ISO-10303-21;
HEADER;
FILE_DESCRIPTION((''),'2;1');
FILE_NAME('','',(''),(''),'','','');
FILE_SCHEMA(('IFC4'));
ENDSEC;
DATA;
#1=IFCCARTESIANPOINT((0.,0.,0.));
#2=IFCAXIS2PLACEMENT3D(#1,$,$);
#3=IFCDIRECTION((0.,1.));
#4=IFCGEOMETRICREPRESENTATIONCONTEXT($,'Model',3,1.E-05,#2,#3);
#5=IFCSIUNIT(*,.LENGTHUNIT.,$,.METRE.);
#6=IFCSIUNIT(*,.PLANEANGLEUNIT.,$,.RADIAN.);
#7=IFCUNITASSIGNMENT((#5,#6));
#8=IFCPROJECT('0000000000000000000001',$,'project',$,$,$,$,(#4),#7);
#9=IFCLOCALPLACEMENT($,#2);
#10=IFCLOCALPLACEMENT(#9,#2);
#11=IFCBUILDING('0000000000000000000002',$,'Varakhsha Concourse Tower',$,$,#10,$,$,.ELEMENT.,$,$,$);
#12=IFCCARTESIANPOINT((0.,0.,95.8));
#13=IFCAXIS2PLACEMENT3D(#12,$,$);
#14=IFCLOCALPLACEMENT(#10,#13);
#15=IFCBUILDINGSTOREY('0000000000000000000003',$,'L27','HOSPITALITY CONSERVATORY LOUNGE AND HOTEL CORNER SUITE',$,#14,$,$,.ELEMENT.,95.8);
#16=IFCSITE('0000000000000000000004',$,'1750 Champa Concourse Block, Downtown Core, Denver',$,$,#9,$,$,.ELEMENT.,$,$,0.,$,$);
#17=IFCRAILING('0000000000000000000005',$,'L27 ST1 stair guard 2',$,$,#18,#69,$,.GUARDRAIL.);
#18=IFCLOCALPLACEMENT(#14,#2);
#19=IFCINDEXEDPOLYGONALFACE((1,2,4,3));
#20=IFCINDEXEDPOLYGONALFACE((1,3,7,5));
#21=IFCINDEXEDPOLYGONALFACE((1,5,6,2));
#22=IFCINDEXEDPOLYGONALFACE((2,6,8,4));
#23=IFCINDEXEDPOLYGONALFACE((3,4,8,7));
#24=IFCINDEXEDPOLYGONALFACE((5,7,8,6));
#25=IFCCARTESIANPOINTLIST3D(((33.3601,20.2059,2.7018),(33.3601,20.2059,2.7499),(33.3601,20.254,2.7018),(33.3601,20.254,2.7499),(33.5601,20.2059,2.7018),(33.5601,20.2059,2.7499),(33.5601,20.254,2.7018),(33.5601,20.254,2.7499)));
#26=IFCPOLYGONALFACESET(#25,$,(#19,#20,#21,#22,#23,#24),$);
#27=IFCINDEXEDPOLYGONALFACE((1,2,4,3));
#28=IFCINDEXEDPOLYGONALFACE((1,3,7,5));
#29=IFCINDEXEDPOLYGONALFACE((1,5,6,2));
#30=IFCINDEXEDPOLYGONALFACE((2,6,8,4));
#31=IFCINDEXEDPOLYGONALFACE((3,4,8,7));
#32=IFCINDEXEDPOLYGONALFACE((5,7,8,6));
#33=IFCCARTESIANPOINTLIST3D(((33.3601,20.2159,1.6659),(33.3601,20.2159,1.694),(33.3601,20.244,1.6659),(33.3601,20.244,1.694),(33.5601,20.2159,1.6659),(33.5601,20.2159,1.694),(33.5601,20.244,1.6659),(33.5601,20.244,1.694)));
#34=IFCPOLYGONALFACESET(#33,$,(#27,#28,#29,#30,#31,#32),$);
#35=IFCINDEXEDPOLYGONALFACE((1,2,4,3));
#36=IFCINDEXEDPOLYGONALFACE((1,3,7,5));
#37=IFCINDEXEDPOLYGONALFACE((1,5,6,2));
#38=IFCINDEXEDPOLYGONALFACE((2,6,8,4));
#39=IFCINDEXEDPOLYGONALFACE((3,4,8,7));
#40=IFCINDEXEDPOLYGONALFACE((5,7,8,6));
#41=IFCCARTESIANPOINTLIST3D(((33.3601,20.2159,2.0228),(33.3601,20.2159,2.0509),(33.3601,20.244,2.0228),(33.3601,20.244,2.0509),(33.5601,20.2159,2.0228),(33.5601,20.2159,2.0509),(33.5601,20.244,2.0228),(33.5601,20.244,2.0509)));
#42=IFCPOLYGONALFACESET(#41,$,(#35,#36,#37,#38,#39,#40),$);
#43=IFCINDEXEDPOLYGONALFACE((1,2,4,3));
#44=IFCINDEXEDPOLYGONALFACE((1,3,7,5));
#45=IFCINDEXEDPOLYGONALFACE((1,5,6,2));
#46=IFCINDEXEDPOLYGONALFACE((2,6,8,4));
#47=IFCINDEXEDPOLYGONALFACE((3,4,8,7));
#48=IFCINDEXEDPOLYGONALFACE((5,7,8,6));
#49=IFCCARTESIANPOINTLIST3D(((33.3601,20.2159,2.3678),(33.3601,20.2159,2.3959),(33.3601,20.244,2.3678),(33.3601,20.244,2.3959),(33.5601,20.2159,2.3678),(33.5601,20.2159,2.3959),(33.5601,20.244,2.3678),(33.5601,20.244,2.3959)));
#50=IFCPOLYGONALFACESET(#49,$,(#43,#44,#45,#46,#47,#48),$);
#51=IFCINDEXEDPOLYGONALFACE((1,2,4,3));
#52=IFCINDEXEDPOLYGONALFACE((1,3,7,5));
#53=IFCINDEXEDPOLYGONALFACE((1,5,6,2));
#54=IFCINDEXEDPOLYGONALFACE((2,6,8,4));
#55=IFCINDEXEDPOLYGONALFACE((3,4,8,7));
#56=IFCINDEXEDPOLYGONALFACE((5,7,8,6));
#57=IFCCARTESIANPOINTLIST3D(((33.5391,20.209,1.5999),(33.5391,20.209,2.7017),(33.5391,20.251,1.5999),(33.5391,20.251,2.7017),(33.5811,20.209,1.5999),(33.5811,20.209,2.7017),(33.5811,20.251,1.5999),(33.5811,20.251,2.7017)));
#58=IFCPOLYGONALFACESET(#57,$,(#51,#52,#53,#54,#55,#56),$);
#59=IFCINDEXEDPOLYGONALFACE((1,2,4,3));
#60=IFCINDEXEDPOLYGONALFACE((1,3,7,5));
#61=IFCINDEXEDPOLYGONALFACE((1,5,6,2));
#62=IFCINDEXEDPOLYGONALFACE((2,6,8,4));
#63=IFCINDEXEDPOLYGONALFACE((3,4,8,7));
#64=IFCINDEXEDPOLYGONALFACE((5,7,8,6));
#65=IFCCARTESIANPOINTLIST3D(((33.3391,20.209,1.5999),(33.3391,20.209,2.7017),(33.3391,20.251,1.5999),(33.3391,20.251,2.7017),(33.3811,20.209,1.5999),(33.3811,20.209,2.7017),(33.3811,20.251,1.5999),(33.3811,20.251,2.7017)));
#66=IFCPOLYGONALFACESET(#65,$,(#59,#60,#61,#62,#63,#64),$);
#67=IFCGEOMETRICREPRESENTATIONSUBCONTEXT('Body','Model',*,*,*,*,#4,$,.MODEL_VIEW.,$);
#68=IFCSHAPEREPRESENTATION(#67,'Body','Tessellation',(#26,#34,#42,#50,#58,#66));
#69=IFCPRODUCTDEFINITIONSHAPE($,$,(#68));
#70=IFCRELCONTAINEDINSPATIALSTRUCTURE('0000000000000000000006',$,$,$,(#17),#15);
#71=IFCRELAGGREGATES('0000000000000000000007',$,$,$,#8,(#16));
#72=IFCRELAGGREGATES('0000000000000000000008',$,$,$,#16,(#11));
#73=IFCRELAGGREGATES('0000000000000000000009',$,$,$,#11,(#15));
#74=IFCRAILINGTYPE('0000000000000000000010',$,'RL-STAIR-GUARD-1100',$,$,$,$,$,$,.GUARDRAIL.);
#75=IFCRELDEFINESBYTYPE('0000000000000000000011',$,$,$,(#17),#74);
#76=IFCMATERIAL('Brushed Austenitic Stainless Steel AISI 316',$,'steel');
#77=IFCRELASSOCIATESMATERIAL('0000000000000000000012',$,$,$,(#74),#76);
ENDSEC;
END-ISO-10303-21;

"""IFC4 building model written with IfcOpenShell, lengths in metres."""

from ifc_helpers import new_model, si_unit, direction, frame, origin, origin_2d, place, context, subcontext, project, spatial, rectangle, extrude, material, type_object, element, save


model = new_model("IFC4")

# Units and contexts
model_context = context("Model", 3, precision=1e-05, world=origin(), true_north=direction((0.0, 1.0)))
body_context = subcontext(model_context, "Body", "Model", "MODEL_VIEW")
ifc_project = project(units=[si_unit("LENGTHUNIT", "METRE"), si_unit("PLANEANGLEUNIT", "RADIAN")], contexts=[model_context])

# Site, building, storey
site_placement = place(None, origin())
site = spatial("IfcSite", under=ifc_project, at=site_placement, Name="1750 Champa Concourse Block, Downtown Core, Denver", CompositionType="ELEMENT", RefElevation=0.0)
building_placement = place(site_placement, origin())
building = spatial("IfcBuilding", under=site, at=building_placement, Name="Varakhsha Concourse Tower", CompositionType="ELEMENT")
storey_placement = place(building_placement, frame((0.0, 0.0, 95.8)))
storey = spatial("IfcBuildingStorey", under=building, at=storey_placement, Name="L27", Description="HOSPITALITY CONSERVATORY LOUNGE AND HOTEL CORNER SUITE", CompositionType="ELEMENT", Elevation=95.8)

# Shared definitions
ifc_material_1 = material(Name="Brushed Austenitic Stainless Steel AISI 316", Category="steel")

# Railing
railing_type = type_object("IfcRailingType", Name="RL-STAIR-GUARD-1100", PredefinedType="GUARDRAIL", material=ifc_material_1)
railing_placement = place(storey_placement, frame((33.5601, 20.23, 1.5999)))
element("IfcRailing", 1, at=railing_placement, inside=storey, type_object=railing_type, Name="L27 ST1 stair guard 2", PredefinedType="GUARDRAIL", context=body_context, shape_type="SweptSolid", body=[
    extrude(rectangle(XDim=0.0481, YDim=0.0481, at=origin_2d()), frame((0.0, 0.0, 1.126), z_axis=(-1.0, 0.0, 0.0), x_axis=(0.0, -1.0, 0.0)), (0.0, 0.0, 1.0), 0.2),
    extrude(rectangle(XDim=0.0281, YDim=0.0281, at=origin_2d()), frame((0.0, 0.0, 0.0801), z_axis=(-1.0, 0.0, 0.0), x_axis=(0.0, -1.0, 0.0)), (0.0, 0.0, 1.0), 0.2),
    extrude(rectangle(XDim=0.0281, YDim=0.0281, at=origin_2d()), frame((0.0, 0.0, 0.437), z_axis=(-1.0, 0.0, 0.0), x_axis=(0.0, -1.0, 0.0)), (0.0, 0.0, 1.0), 0.2),
    extrude(rectangle(XDim=0.0281, YDim=0.0281, at=origin_2d()), frame((0.0, 0.0, 0.782), z_axis=(-1.0, 0.0, 0.0), x_axis=(0.0, -1.0, 0.0)), (0.0, 0.0, 1.0), 0.2),
    extrude(rectangle(XDim=0.042, YDim=0.042, at=origin_2d()), origin(), (0.0, 0.0, 1.0), 1.1018),
    extrude(rectangle(XDim=0.042, YDim=0.042, at=origin_2d()), frame((-0.2, 0.0, 0.0)), (0.0, 0.0, 1.0), 1.1018),
])

save(model, "model.ifc")
